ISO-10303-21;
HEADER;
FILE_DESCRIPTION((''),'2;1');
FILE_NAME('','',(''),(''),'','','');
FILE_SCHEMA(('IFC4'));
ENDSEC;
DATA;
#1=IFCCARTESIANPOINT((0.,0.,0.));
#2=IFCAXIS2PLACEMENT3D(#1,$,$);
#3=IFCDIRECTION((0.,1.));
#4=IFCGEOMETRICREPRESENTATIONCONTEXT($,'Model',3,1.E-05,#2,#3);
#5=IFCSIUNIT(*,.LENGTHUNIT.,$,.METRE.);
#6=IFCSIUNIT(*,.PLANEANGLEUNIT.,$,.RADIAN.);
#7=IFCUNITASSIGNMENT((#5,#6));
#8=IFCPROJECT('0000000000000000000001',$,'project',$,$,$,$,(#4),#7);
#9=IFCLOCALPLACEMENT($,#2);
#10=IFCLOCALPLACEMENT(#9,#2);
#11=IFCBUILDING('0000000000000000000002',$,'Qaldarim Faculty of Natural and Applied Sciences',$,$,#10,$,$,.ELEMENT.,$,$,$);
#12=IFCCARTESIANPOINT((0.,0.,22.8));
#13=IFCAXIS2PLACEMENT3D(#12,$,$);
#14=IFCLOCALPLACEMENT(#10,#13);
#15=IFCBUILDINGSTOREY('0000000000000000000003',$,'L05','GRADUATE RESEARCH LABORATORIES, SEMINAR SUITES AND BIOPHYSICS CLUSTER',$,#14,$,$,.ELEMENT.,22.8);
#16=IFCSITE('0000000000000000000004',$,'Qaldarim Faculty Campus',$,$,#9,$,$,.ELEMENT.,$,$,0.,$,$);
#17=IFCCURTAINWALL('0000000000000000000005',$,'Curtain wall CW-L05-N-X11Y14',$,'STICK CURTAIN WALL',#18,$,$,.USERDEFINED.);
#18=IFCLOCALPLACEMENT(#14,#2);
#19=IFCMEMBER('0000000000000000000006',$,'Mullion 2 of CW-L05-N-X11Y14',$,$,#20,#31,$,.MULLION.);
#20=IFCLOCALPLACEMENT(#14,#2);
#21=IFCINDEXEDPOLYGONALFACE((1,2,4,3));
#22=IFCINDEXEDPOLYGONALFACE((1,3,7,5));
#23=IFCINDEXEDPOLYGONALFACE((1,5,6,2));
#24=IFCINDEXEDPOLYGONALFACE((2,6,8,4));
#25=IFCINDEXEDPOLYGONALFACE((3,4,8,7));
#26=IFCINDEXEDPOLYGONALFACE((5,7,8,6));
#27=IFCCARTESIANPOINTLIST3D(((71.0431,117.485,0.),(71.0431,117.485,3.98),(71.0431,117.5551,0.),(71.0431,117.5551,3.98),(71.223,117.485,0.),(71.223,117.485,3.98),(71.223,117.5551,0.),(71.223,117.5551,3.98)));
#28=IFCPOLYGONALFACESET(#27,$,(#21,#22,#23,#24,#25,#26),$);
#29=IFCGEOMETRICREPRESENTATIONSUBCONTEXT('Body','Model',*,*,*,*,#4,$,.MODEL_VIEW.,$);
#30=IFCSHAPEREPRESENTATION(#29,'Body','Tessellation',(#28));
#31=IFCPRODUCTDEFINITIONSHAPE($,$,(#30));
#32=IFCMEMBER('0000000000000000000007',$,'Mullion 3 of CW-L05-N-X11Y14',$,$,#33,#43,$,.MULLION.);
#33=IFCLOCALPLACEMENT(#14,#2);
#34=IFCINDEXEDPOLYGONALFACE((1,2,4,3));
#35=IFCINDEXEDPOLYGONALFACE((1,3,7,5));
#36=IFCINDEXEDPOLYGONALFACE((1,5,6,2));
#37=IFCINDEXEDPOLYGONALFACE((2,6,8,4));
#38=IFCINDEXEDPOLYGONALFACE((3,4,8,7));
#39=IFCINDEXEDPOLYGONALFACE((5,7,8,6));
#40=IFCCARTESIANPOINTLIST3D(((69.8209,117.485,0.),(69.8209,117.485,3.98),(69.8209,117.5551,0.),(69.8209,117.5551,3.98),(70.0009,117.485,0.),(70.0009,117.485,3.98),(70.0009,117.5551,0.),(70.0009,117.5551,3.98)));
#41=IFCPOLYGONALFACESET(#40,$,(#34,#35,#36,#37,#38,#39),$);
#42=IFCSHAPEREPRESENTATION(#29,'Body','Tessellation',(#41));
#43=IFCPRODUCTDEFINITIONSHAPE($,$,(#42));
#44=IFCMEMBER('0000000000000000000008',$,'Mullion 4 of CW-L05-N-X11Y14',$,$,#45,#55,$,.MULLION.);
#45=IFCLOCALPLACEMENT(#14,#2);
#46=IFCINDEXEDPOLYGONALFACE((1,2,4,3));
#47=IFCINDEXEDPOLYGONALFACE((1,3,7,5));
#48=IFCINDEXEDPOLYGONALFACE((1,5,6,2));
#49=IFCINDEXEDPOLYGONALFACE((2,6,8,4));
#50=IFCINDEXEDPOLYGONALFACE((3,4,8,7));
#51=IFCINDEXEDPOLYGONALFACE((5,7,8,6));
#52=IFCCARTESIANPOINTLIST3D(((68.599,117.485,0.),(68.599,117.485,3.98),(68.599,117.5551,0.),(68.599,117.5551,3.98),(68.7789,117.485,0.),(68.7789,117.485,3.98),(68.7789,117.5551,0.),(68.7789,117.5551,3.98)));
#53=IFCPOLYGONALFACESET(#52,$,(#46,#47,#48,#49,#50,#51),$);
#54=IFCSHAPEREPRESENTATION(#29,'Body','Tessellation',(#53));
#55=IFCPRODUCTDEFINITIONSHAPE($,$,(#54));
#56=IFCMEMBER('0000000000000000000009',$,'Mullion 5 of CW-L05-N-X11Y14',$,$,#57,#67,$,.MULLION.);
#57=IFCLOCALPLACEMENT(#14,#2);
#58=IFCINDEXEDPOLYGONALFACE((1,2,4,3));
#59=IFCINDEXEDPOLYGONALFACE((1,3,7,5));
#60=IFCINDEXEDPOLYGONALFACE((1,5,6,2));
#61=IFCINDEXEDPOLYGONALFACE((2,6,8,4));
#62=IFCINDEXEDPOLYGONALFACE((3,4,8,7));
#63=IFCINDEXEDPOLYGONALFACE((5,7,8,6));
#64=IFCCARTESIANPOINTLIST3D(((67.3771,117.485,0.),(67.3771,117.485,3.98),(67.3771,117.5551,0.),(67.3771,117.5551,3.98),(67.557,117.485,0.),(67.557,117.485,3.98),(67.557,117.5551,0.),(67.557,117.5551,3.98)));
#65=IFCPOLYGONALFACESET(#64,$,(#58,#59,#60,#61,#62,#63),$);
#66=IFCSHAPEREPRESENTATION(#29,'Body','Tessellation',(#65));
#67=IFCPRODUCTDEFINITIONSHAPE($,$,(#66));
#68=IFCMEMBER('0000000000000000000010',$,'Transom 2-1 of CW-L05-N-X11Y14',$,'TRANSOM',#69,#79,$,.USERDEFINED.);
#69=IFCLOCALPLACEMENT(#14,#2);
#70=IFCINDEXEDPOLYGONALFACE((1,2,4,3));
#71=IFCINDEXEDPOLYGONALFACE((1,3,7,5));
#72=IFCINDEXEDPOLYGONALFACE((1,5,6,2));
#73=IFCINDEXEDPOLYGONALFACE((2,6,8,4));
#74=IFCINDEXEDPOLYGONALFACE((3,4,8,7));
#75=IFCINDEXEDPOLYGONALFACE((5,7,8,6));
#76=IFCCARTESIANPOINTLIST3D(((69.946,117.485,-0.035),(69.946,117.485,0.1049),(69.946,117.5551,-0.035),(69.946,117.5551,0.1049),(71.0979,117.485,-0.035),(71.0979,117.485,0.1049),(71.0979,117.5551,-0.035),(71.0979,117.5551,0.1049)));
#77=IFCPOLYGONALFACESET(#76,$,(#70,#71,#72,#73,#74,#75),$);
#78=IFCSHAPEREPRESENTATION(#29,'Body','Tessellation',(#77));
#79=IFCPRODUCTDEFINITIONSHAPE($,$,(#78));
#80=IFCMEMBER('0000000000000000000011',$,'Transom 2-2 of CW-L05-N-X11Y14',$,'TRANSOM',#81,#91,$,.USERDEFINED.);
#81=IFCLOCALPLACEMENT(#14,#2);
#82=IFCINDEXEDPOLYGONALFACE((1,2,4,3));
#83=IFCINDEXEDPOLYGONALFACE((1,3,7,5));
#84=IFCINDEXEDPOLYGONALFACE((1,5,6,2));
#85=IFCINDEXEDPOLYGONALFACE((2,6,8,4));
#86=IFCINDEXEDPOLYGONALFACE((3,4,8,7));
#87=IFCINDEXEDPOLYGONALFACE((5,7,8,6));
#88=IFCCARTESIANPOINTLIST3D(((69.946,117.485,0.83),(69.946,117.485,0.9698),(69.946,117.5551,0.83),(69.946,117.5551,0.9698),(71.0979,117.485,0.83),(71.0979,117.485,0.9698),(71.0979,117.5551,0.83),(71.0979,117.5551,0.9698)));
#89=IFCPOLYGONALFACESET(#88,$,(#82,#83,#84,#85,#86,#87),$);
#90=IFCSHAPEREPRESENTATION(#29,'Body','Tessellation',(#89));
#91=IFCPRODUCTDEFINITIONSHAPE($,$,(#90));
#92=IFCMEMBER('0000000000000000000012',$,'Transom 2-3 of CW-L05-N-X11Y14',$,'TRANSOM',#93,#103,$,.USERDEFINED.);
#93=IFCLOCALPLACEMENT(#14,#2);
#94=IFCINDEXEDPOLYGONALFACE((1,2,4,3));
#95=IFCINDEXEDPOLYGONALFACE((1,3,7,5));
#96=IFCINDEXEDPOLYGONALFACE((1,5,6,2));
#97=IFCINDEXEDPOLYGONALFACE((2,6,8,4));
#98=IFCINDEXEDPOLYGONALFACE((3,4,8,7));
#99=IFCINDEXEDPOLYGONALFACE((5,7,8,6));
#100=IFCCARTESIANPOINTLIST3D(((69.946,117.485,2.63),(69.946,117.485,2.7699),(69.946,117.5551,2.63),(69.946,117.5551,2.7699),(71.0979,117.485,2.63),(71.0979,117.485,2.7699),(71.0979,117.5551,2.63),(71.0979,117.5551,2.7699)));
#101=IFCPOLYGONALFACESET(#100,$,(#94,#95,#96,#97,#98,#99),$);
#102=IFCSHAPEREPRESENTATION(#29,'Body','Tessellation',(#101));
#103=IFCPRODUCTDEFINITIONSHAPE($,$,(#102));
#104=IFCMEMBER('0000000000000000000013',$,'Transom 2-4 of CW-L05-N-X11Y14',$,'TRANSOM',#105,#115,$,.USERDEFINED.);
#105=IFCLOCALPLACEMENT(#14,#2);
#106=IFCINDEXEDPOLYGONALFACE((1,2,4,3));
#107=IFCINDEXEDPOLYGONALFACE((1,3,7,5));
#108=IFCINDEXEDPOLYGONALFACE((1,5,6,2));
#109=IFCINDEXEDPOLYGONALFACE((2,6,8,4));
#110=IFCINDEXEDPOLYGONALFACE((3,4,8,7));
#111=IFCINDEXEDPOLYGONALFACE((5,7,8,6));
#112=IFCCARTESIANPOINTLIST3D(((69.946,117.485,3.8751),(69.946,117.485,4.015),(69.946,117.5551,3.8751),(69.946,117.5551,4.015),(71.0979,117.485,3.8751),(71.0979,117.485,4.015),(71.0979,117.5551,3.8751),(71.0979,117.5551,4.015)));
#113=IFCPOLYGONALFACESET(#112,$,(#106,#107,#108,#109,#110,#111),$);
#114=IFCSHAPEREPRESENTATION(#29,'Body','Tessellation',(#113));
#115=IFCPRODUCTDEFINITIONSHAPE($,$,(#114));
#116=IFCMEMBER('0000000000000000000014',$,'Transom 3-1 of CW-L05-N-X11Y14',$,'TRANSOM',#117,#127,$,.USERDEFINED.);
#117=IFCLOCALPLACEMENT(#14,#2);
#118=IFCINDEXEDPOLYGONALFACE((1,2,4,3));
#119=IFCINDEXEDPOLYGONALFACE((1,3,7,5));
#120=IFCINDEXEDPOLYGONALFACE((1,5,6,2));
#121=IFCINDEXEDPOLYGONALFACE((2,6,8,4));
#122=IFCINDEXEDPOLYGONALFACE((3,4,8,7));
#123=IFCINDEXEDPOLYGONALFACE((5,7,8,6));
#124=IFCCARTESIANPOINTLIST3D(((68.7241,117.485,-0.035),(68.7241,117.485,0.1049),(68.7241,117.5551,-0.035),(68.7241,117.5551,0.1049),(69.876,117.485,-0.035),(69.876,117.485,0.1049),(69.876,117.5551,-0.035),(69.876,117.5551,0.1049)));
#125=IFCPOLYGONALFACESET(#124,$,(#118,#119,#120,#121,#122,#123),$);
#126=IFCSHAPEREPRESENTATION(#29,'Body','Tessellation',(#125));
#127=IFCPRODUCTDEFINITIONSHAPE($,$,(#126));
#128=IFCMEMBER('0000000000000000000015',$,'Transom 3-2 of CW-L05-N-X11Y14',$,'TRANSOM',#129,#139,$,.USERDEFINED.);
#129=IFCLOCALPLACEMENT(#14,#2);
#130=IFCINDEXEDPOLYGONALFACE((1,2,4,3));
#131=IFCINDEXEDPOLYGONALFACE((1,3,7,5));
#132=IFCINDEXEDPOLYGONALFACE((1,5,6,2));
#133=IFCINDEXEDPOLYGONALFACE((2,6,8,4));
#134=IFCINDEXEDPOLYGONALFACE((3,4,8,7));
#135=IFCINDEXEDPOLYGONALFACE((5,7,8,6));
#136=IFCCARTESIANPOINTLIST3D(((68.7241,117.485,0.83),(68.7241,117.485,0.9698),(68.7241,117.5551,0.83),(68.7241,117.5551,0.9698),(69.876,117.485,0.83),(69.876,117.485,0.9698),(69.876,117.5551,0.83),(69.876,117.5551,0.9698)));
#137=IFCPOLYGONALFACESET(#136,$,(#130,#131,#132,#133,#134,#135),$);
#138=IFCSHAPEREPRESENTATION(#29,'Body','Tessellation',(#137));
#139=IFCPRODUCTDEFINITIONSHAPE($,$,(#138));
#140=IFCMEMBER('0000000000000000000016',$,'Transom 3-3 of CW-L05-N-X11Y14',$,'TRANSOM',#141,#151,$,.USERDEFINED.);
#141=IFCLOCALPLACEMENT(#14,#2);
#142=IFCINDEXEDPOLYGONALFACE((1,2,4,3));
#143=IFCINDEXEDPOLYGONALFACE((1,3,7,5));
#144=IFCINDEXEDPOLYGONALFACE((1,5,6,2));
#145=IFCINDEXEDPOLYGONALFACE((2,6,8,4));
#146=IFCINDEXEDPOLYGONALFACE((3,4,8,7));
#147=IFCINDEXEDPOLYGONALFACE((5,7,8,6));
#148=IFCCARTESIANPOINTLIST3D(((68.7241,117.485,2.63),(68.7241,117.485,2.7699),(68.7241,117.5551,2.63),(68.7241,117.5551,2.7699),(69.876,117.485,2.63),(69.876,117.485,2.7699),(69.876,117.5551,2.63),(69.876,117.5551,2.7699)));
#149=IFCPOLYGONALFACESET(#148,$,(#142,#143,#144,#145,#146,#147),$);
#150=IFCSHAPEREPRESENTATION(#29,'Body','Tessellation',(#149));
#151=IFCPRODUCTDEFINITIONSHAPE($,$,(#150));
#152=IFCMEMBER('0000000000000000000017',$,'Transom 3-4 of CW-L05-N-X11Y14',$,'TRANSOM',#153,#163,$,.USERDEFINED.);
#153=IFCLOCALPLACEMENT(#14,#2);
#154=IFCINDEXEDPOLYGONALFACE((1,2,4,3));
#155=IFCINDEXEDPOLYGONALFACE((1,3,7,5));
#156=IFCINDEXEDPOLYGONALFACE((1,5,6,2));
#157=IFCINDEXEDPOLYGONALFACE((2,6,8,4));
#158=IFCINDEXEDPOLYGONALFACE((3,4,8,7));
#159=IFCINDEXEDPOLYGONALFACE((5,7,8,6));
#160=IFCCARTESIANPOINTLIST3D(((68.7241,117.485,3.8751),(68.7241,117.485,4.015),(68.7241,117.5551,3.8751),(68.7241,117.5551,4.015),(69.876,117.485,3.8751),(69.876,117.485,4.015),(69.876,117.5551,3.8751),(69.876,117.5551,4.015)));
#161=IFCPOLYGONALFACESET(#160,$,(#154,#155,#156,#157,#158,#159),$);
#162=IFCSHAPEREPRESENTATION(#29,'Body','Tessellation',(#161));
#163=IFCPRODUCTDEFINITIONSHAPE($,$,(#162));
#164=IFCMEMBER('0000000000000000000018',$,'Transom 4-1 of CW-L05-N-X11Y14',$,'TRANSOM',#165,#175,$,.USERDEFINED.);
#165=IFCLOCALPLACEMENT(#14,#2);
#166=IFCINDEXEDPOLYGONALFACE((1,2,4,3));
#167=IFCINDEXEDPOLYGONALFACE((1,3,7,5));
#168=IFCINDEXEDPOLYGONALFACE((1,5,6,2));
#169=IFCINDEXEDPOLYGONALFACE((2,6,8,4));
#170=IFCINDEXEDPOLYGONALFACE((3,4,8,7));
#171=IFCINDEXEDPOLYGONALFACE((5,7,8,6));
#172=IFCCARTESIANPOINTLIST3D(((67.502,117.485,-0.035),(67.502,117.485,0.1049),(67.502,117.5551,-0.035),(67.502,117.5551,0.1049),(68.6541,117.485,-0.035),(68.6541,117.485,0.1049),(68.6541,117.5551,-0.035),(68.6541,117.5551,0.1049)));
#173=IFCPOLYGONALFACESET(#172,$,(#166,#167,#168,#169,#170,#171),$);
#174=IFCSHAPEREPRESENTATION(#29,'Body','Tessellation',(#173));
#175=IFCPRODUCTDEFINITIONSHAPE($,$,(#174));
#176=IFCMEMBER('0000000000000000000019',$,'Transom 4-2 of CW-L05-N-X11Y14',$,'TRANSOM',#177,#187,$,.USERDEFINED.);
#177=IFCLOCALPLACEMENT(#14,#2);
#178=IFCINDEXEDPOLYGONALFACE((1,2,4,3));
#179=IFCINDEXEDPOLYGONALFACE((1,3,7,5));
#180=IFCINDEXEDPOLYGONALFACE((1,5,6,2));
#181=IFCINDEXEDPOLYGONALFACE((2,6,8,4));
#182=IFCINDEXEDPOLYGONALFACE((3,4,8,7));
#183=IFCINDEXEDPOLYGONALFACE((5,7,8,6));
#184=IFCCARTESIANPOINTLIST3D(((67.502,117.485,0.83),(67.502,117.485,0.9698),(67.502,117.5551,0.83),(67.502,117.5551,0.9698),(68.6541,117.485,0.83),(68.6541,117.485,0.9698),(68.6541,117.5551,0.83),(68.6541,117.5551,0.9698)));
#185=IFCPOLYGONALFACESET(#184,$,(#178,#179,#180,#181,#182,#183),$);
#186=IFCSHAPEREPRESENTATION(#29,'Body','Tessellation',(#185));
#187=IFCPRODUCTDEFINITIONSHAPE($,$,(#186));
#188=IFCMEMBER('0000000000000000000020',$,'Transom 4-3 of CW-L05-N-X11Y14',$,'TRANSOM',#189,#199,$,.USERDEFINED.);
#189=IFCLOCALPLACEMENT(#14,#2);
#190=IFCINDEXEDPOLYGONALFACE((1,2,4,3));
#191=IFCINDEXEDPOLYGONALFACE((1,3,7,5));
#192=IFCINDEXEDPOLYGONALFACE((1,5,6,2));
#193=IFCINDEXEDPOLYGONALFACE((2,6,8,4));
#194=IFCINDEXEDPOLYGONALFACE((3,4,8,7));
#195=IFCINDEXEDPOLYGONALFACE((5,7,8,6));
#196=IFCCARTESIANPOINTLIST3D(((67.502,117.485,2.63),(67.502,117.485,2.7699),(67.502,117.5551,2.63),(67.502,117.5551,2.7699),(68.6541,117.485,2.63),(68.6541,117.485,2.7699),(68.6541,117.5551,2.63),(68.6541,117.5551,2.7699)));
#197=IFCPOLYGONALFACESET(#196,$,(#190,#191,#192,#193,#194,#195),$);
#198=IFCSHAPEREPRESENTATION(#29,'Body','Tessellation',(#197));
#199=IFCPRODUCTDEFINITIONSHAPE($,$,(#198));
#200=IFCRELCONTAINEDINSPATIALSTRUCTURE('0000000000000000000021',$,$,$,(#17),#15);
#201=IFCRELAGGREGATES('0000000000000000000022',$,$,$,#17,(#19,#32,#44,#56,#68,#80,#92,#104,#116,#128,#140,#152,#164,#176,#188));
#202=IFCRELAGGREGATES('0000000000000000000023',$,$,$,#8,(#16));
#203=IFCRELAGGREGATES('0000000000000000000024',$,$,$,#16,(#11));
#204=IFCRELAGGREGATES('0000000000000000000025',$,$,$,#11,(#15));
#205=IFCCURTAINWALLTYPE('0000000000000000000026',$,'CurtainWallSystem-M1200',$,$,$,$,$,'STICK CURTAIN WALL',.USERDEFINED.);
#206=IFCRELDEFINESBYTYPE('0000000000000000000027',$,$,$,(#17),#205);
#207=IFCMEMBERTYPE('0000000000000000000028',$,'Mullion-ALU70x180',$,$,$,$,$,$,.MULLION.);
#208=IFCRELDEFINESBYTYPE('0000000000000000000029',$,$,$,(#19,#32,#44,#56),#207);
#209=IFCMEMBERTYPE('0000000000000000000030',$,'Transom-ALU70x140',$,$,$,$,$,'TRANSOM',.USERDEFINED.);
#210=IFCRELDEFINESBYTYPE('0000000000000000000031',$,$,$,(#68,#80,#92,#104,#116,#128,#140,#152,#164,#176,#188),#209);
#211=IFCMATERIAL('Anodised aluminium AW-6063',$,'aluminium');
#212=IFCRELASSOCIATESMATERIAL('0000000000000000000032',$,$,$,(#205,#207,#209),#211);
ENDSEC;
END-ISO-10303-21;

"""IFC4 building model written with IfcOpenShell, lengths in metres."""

from ifc_helpers import new_model, si_unit, direction, frame, origin, origin_2d, place, context, subcontext, project, spatial, rectangle, extrude, material, material_profile, profile_set, type_object, element, aggregate, save


model = new_model("IFC4")

# Units and contexts
model_context = context("Model", 3, precision=1e-05, world=origin(), true_north=direction((0.0, 1.0)))
body_context = subcontext(model_context, "Body", "Model", "MODEL_VIEW")
ifc_project = project(units=[si_unit("LENGTHUNIT", "METRE"), si_unit("PLANEANGLEUNIT", "RADIAN")], contexts=[model_context])

# Site, building, storey
site_placement = place(None, origin())
site = spatial("IfcSite", under=ifc_project, at=site_placement, Name="Qaldarim Faculty Campus", CompositionType="ELEMENT", RefElevation=0.0)
building_placement = place(site_placement, origin())
building = spatial("IfcBuilding", under=site, at=building_placement, Name="Qaldarim Faculty of Natural and Applied Sciences", CompositionType="ELEMENT")
storey_placement = place(building_placement, frame((0.0, 0.0, 22.8)))
storey = spatial("IfcBuildingStorey", under=building, at=storey_placement, Name="L05", Description="GRADUATE RESEARCH LABORATORIES, SEMINAR SUITES AND BIOPHYSICS CLUSTER", CompositionType="ELEMENT", Elevation=22.8)

# Curtain wall, members
ifc_material_1 = material(Name="Anodised aluminium AW-6063", Category="aluminium")
curtain_wall_type = type_object("IfcCurtainWallType", Name="CurtainWallSystem-M1200", ElementType="STICK CURTAIN WALL", PredefinedType="USERDEFINED", material=ifc_material_1)
curtain_wall_placement = place(storey_placement, origin())
curtain_wall = element("IfcCurtainWall", 1, at=curtain_wall_placement, inside=storey, type_object=curtain_wall_type, Name="Curtain wall CW-L05-N-X11Y14", ObjectType="STICK CURTAIN WALL", PredefinedType="USERDEFINED")
ifc_material_profile_1 = material_profile(ifc_material_1, rectangle(XDim=0.0701, YDim=0.1799, at=origin_2d()), Name="ALU-M70x180")
ifc_profile_set_1 = profile_set([ifc_material_profile_1], Name="Anodised aluminium AW-6063")
member_type_1 = type_object("IfcMemberType", Name="Mullion-ALU70x180", PredefinedType="MULLION", material=ifc_profile_set_1)
member_1_placement = place(storey_placement, frame((71.1331, 117.52, 0.0), z_axis=(0.0, 0.0, 1.0), x_axis=(0.0, -1.0, 0.0)))
member_1 = element("IfcMember", 2, at=member_1_placement, type_object=member_type_1, Name="Mullion 2 of CW-L05-N-X11Y14", PredefinedType="MULLION", context=body_context, shape_type="SweptSolid", body=[
    extrude(rectangle(XDim=0.0701, YDim=0.1799, at=origin_2d()), origin(), (0.0, 0.0, 1.0), 3.98),
])
member_2_placement = place(storey_placement, frame((69.9109, 117.52, 0.0), z_axis=(0.0, 0.0, 1.0), x_axis=(0.0, -1.0, 0.0)))
member_2 = element("IfcMember", 3, at=member_2_placement, type_object=member_type_1, Name="Mullion 3 of CW-L05-N-X11Y14", PredefinedType="MULLION", context=body_context, shape_type="SweptSolid", body=[
    extrude(rectangle(XDim=0.0701, YDim=0.1799, at=origin_2d()), origin(), (0.0, 0.0, 1.0), 3.98),
])
member_3_placement = place(storey_placement, frame((68.689, 117.52, 0.0), z_axis=(0.0, 0.0, 1.0), x_axis=(0.0, -1.0, 0.0)))
member_3 = element("IfcMember", 4, at=member_3_placement, type_object=member_type_1, Name="Mullion 4 of CW-L05-N-X11Y14", PredefinedType="MULLION", context=body_context, shape_type="SweptSolid", body=[
    extrude(rectangle(XDim=0.0701, YDim=0.1799, at=origin_2d()), origin(), (0.0, 0.0, 1.0), 3.98),
])
member_4_placement = place(storey_placement, frame((67.467, 117.52, 0.0), z_axis=(0.0, 0.0, 1.0), x_axis=(0.0, -1.0, 0.0)))
member_4 = element("IfcMember", 5, at=member_4_placement, type_object=member_type_1, Name="Mullion 5 of CW-L05-N-X11Y14", PredefinedType="MULLION", context=body_context, shape_type="SweptSolid", body=[
    extrude(rectangle(XDim=0.0701, YDim=0.1799, at=origin_2d()), origin(), (0.0, 0.0, 1.0), 3.98),
])
ifc_material_profile_2 = material_profile(ifc_material_1, rectangle(XDim=0.0701, YDim=0.1399, at=origin_2d()), Name="ALU-T70x140")
ifc_profile_set_2 = profile_set([ifc_material_profile_2], Name="Anodised aluminium AW-6063")
member_type_2 = type_object("IfcMemberType", Name="Transom-ALU70x140", ElementType="TRANSOM", PredefinedType="USERDEFINED", material=ifc_profile_set_2)
member_5_placement = place(storey_placement, frame((71.0979, 117.52, 0.0349), z_axis=(-1.0, 0.0, 0.0), x_axis=(0.0, -1.0, 0.0)))
member_5 = element("IfcMember", 6, at=member_5_placement, type_object=member_type_2, Name="Transom 2-1 of CW-L05-N-X11Y14", ObjectType="TRANSOM", PredefinedType="USERDEFINED", context=body_context, shape_type="SweptSolid", body=[
    extrude(rectangle(XDim=0.0701, YDim=0.1399, at=origin_2d()), origin(), (0.0, 0.0, 1.0), 1.1519),
])
member_6_placement = place(storey_placement, frame((71.0979, 117.52, 0.8999), z_axis=(-1.0, 0.0, 0.0), x_axis=(0.0, -1.0, 0.0)))
member_6 = element("IfcMember", 7, at=member_6_placement, type_object=member_type_2, Name="Transom 2-2 of CW-L05-N-X11Y14", ObjectType="TRANSOM", PredefinedType="USERDEFINED", context=body_context, shape_type="SweptSolid", body=[
    extrude(rectangle(XDim=0.0701, YDim=0.1399, at=origin_2d()), origin(), (0.0, 0.0, 1.0), 1.1519),
])
member_7_placement = place(storey_placement, frame((71.0979, 117.52, 2.7), z_axis=(-1.0, 0.0, 0.0), x_axis=(0.0, -1.0, 0.0)))
member_7 = element("IfcMember", 8, at=member_7_placement, type_object=member_type_2, Name="Transom 2-3 of CW-L05-N-X11Y14", ObjectType="TRANSOM", PredefinedType="USERDEFINED", context=body_context, shape_type="SweptSolid", body=[
    extrude(rectangle(XDim=0.0701, YDim=0.1399, at=origin_2d()), origin(), (0.0, 0.0, 1.0), 1.1519),
])
member_8_placement = place(storey_placement, frame((71.0979, 117.52, 3.9451), z_axis=(-1.0, 0.0, 0.0), x_axis=(0.0, -1.0, 0.0)))
member_8 = element("IfcMember", 9, at=member_8_placement, type_object=member_type_2, Name="Transom 2-4 of CW-L05-N-X11Y14", ObjectType="TRANSOM", PredefinedType="USERDEFINED", context=body_context, shape_type="SweptSolid", body=[
    extrude(rectangle(XDim=0.0701, YDim=0.1399, at=origin_2d()), origin(), (0.0, 0.0, 1.0), 1.1519),
])
member_9_placement = place(storey_placement, frame((69.876, 117.52, 0.0349), z_axis=(-1.0, 0.0, 0.0), x_axis=(0.0, -1.0, 0.0)))
member_9 = element("IfcMember", 10, at=member_9_placement, type_object=member_type_2, Name="Transom 3-1 of CW-L05-N-X11Y14", ObjectType="TRANSOM", PredefinedType="USERDEFINED", context=body_context, shape_type="SweptSolid", body=[
    extrude(rectangle(XDim=0.0701, YDim=0.1399, at=origin_2d()), origin(), (0.0, 0.0, 1.0), 1.1519),
])
member_10_placement = place(storey_placement, frame((69.876, 117.52, 0.8999), z_axis=(-1.0, 0.0, 0.0), x_axis=(0.0, -1.0, 0.0)))
member_10 = element("IfcMember", 11, at=member_10_placement, type_object=member_type_2, Name="Transom 3-2 of CW-L05-N-X11Y14", ObjectType="TRANSOM", PredefinedType="USERDEFINED", context=body_context, shape_type="SweptSolid", body=[
    extrude(rectangle(XDim=0.0701, YDim=0.1399, at=origin_2d()), origin(), (0.0, 0.0, 1.0), 1.1519),
])
member_11_placement = place(storey_placement, frame((69.876, 117.52, 2.7), z_axis=(-1.0, 0.0, 0.0), x_axis=(0.0, -1.0, 0.0)))
member_11 = element("IfcMember", 12, at=member_11_placement, type_object=member_type_2, Name="Transom 3-3 of CW-L05-N-X11Y14", ObjectType="TRANSOM", PredefinedType="USERDEFINED", context=body_context, shape_type="SweptSolid", body=[
    extrude(rectangle(XDim=0.0701, YDim=0.1399, at=origin_2d()), origin(), (0.0, 0.0, 1.0), 1.1519),
])
member_12_placement = place(storey_placement, frame((69.876, 117.52, 3.9451), z_axis=(-1.0, 0.0, 0.0), x_axis=(0.0, -1.0, 0.0)))
member_12 = element("IfcMember", 13, at=member_12_placement, type_object=member_type_2, Name="Transom 3-4 of CW-L05-N-X11Y14", ObjectType="TRANSOM", PredefinedType="USERDEFINED", context=body_context, shape_type="SweptSolid", body=[
    extrude(rectangle(XDim=0.0701, YDim=0.1399, at=origin_2d()), origin(), (0.0, 0.0, 1.0), 1.1519),
])
member_13_placement = place(storey_placement, frame((68.6541, 117.52, 0.0349), z_axis=(-1.0, 0.0, 0.0), x_axis=(0.0, -1.0, 0.0)))
member_13 = element("IfcMember", 14, at=member_13_placement, type_object=member_type_2, Name="Transom 4-1 of CW-L05-N-X11Y14", ObjectType="TRANSOM", PredefinedType="USERDEFINED", context=body_context, shape_type="SweptSolid", body=[
    extrude(rectangle(XDim=0.0701, YDim=0.1399, at=origin_2d()), origin(), (0.0, 0.0, 1.0), 1.1521),
])
member_14_placement = place(storey_placement, frame((68.6541, 117.52, 0.8999), z_axis=(-1.0, 0.0, 0.0), x_axis=(0.0, -1.0, 0.0)))
member_14 = element("IfcMember", 15, at=member_14_placement, type_object=member_type_2, Name="Transom 4-2 of CW-L05-N-X11Y14", ObjectType="TRANSOM", PredefinedType="USERDEFINED", context=body_context, shape_type="SweptSolid", body=[
    extrude(rectangle(XDim=0.0701, YDim=0.1399, at=origin_2d()), origin(), (0.0, 0.0, 1.0), 1.1521),
])
member_15_placement = place(storey_placement, frame((68.6541, 117.52, 2.7), z_axis=(-1.0, 0.0, 0.0), x_axis=(0.0, -1.0, 0.0)))
member_15 = element("IfcMember", 16, at=member_15_placement, type_object=member_type_2, Name="Transom 4-3 of CW-L05-N-X11Y14", ObjectType="TRANSOM", PredefinedType="USERDEFINED", context=body_context, shape_type="SweptSolid", body=[
    extrude(rectangle(XDim=0.0701, YDim=0.1399, at=origin_2d()), origin(), (0.0, 0.0, 1.0), 1.1521),
])
aggregate(curtain_wall, [member_1, member_2, member_3, member_4, member_5, member_6, member_7, member_8, member_9, member_10, member_11, member_12, member_13, member_14, member_15])

save(model, "model.ifc")
